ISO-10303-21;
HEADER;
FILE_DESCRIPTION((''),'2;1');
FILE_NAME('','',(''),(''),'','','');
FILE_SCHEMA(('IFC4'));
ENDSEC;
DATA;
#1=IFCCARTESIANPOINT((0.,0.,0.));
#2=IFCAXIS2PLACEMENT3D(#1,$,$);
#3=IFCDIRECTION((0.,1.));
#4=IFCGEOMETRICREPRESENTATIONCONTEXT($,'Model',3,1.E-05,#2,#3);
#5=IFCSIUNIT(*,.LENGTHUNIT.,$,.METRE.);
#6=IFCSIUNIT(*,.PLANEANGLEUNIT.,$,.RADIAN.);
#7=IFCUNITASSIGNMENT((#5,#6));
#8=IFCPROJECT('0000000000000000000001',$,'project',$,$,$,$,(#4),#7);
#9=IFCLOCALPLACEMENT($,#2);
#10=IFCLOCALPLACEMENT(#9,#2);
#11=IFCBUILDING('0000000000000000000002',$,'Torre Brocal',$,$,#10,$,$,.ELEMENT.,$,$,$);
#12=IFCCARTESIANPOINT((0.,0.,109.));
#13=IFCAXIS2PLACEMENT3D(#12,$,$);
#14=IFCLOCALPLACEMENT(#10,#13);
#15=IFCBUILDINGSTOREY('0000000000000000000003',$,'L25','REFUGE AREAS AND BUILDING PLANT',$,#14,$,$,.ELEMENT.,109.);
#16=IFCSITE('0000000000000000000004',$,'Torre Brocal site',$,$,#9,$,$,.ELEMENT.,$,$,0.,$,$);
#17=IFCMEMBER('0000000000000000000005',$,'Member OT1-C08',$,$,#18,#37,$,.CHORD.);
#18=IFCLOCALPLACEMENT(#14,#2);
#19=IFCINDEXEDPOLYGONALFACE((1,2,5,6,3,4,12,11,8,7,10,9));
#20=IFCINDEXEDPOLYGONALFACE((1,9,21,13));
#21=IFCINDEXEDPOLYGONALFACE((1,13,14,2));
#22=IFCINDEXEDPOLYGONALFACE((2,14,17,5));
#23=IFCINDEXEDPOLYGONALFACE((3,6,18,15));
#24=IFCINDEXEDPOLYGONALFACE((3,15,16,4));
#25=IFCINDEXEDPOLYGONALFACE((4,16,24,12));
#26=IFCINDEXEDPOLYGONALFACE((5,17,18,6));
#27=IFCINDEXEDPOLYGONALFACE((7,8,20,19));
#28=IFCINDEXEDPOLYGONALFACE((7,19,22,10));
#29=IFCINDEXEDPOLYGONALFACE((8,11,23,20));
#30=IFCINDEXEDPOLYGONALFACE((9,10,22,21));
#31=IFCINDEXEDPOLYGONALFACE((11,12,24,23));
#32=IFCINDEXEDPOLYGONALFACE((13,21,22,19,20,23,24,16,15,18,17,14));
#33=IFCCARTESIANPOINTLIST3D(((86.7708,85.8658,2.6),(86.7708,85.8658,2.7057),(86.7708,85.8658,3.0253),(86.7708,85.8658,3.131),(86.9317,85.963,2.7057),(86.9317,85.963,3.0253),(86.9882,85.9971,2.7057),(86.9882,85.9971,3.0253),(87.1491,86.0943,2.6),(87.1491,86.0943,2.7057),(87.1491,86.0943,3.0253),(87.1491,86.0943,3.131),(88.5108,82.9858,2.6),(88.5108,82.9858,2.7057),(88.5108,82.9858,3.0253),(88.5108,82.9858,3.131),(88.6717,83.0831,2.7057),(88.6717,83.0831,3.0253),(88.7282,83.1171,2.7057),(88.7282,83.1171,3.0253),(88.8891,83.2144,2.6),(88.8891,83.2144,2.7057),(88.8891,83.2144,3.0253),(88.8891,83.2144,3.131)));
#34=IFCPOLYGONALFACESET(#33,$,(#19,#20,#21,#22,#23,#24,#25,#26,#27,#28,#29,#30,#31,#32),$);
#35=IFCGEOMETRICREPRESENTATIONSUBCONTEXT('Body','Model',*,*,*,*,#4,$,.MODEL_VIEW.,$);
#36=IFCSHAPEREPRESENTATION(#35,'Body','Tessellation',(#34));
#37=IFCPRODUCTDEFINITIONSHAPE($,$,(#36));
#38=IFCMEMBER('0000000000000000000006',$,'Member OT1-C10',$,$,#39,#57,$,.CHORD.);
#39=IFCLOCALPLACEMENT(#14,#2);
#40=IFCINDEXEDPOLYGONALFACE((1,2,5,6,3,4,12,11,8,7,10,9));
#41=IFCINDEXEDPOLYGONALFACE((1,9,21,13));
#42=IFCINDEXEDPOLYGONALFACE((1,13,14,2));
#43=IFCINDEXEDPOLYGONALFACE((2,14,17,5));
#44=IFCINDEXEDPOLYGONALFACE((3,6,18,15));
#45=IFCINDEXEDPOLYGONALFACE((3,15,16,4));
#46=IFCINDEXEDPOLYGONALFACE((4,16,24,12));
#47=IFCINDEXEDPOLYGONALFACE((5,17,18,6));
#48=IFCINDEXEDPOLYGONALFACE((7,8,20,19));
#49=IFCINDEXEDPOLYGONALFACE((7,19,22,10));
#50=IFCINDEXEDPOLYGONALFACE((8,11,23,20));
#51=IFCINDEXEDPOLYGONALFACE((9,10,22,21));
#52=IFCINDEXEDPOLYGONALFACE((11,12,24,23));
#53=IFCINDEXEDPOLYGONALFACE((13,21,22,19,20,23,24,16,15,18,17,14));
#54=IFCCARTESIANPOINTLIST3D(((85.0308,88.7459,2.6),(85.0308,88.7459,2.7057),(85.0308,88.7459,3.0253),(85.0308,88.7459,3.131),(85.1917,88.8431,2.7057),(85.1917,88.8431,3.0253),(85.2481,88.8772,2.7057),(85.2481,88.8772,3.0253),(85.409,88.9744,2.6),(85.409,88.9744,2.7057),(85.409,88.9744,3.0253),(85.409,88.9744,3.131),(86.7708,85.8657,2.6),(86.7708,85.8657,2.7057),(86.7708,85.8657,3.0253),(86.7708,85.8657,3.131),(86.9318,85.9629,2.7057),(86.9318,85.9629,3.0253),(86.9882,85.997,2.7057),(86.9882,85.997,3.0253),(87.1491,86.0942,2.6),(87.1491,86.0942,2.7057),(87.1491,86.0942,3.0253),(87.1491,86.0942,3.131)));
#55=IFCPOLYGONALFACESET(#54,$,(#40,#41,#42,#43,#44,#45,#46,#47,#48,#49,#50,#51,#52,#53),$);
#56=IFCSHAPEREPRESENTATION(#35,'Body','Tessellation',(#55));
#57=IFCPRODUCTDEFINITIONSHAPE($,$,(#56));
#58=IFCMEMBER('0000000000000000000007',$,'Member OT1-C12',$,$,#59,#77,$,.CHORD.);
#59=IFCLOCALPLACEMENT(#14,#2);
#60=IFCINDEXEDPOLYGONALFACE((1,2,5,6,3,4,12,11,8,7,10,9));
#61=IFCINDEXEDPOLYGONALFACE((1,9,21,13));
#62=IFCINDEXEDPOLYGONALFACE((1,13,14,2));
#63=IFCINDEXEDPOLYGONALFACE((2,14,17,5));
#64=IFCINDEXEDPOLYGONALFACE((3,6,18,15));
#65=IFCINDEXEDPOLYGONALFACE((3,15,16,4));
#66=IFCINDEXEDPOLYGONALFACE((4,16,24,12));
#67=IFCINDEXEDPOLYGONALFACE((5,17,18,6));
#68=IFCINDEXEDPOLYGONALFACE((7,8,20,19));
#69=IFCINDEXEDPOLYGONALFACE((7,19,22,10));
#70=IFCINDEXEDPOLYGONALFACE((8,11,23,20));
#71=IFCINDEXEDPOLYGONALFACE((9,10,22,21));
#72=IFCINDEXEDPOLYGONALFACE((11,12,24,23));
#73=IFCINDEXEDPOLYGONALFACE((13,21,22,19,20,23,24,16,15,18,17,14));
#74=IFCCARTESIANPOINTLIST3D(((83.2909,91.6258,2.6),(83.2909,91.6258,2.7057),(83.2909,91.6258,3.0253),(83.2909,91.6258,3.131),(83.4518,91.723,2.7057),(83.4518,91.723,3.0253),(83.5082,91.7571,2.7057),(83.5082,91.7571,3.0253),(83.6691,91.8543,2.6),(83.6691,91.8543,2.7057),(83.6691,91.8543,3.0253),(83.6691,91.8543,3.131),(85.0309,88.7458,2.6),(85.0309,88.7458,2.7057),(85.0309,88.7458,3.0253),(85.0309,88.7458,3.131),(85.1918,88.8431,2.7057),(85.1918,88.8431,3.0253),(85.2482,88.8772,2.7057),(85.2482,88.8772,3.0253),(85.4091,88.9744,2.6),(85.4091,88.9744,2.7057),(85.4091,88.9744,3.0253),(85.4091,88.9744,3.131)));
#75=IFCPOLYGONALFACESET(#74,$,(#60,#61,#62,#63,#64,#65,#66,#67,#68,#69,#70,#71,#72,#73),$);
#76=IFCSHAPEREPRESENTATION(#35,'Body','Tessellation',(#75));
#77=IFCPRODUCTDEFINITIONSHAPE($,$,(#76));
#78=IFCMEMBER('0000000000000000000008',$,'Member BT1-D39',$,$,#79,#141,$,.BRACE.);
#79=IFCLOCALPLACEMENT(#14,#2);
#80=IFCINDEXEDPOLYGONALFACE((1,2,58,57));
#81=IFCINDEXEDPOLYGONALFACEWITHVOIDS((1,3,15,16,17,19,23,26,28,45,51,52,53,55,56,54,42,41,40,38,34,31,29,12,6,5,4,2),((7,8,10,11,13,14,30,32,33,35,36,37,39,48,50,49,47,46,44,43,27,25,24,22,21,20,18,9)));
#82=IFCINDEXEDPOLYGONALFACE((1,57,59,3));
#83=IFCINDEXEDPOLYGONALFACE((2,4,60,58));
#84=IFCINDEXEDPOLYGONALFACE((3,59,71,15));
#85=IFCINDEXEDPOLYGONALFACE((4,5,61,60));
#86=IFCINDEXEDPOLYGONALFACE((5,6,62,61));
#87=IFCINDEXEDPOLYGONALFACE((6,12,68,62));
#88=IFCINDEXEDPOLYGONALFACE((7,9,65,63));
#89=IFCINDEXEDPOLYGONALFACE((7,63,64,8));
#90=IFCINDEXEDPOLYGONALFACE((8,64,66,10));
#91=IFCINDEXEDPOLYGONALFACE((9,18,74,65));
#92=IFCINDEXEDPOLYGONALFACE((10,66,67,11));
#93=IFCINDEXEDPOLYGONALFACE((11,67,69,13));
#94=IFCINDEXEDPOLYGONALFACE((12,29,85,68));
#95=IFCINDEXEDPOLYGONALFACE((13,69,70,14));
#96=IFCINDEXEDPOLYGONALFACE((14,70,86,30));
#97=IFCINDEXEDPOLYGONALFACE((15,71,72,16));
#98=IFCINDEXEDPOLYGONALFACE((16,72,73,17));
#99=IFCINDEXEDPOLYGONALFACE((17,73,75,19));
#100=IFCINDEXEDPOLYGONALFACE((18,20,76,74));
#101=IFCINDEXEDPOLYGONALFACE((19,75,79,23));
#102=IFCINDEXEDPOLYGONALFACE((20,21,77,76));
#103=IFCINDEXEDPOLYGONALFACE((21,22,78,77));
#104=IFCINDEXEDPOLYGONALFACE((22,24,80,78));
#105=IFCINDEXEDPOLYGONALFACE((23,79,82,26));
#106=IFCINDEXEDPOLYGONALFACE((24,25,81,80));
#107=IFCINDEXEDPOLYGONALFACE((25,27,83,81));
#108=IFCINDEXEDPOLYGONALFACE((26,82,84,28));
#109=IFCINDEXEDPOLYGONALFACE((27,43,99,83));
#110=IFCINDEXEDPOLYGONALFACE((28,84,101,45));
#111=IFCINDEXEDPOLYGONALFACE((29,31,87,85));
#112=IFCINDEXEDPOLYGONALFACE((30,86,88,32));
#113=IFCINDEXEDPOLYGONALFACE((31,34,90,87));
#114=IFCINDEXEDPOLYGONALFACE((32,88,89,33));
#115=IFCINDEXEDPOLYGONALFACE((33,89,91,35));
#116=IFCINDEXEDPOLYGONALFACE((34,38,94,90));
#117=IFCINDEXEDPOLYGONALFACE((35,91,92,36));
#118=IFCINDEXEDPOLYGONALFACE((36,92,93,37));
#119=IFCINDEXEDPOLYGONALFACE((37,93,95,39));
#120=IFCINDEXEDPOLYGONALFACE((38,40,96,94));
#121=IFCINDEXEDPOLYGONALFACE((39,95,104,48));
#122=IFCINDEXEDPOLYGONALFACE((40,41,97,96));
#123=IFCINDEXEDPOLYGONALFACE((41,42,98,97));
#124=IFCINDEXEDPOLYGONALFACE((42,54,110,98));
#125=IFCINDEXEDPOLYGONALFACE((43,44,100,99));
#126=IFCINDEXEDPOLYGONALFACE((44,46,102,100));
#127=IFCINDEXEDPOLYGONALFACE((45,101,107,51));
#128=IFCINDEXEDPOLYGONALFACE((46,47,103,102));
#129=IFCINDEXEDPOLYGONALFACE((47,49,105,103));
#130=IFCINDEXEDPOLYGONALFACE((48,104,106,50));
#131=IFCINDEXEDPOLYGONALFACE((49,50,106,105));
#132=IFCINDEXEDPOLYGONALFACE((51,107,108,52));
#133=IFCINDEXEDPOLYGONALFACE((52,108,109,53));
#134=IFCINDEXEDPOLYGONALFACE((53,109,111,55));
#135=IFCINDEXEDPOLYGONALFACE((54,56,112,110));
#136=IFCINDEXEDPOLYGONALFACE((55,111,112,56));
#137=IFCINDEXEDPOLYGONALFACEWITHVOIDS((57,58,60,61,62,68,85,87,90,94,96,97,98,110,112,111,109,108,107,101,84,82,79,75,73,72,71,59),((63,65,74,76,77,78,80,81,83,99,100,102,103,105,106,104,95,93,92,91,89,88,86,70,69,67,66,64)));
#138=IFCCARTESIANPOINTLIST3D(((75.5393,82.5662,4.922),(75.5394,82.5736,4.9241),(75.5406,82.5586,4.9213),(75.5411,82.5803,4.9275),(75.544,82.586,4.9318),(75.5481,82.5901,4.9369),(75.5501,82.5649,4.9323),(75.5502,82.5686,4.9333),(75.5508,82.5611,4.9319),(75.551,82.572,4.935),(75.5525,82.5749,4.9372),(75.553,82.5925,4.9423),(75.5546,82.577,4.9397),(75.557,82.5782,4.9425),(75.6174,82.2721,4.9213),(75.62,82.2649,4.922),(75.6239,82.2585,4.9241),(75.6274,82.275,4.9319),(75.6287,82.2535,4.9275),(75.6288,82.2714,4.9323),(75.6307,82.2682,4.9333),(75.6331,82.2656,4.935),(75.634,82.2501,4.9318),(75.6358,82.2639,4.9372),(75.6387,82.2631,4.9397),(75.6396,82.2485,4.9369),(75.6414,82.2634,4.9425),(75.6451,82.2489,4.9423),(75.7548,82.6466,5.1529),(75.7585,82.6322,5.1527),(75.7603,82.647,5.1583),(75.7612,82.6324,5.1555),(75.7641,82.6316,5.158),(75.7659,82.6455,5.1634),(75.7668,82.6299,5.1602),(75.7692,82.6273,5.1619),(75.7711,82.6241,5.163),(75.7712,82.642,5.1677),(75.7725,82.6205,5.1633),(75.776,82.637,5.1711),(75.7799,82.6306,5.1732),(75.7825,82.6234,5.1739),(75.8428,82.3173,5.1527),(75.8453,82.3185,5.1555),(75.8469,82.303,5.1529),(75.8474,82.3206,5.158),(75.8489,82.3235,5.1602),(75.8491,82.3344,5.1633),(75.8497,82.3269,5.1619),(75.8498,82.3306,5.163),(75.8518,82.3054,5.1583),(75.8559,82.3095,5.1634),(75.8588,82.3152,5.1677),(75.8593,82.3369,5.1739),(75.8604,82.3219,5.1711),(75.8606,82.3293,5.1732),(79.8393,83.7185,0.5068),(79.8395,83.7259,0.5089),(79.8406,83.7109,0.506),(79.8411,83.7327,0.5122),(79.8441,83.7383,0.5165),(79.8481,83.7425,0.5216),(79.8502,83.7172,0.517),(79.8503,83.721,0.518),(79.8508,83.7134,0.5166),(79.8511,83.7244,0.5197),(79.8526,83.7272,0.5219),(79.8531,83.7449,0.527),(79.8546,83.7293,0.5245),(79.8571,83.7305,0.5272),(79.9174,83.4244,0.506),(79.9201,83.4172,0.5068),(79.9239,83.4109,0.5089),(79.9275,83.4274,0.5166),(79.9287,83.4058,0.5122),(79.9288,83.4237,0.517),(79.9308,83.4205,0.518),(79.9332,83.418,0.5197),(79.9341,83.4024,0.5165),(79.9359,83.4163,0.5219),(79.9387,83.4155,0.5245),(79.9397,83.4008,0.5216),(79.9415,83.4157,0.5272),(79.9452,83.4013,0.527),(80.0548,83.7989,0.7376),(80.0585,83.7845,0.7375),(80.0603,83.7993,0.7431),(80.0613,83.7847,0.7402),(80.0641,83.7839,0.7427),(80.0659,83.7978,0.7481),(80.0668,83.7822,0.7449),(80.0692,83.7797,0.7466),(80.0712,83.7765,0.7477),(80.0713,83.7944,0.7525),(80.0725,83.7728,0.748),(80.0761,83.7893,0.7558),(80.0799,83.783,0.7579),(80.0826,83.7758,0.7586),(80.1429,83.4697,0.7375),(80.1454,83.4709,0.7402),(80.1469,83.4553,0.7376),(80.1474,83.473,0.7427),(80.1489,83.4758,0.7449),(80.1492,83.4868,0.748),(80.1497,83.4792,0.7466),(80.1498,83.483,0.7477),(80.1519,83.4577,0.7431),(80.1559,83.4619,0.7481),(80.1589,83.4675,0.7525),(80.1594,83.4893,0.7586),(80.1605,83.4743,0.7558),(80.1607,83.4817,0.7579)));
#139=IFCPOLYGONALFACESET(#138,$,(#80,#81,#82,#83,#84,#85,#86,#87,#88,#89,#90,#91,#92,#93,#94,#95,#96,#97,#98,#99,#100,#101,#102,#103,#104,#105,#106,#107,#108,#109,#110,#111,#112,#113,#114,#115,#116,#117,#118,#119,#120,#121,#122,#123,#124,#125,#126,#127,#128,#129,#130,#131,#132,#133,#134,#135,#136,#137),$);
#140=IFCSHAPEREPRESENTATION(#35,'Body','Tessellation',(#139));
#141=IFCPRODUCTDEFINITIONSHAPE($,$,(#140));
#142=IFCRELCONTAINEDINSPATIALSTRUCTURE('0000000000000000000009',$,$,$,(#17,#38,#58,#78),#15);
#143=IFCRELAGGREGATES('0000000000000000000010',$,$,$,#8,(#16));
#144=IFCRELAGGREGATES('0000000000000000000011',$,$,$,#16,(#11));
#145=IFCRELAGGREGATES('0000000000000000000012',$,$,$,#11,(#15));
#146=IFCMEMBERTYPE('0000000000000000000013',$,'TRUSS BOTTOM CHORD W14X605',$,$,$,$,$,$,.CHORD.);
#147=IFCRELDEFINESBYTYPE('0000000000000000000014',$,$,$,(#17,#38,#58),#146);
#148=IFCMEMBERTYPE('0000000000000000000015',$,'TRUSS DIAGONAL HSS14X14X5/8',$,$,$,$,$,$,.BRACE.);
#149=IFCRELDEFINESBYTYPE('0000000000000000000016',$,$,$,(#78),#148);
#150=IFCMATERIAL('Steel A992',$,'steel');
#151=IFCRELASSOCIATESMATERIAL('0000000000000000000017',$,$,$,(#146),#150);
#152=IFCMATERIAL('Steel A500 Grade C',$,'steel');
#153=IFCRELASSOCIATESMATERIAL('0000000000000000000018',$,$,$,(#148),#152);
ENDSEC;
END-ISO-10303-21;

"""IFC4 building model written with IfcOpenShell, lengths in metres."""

from ifc_helpers import new_model, si_unit, direction, frame, origin, origin_2d, place, context, subcontext, project, spatial, hollow_rectangle, i_section, extrude, material, material_profile, profile_set, type_object, element, save


model = new_model("IFC4")

# Units and contexts
model_context = context("Model", 3, precision=1e-05, world=origin(), true_north=direction((0.0, 1.0)))
body_context = subcontext(model_context, "Body", "Model", "MODEL_VIEW")
ifc_project = project(units=[si_unit("LENGTHUNIT", "METRE"), si_unit("PLANEANGLEUNIT", "RADIAN")], contexts=[model_context])

# Site, building, storey
site_placement = place(None, origin())
site = spatial("IfcSite", under=ifc_project, at=site_placement, Name="Torre Brocal site", CompositionType="ELEMENT", RefElevation=0.0)
building_placement = place(site_placement, origin())
building = spatial("IfcBuilding", under=site, at=building_placement, Name="Torre Brocal", CompositionType="ELEMENT")
storey_placement = place(building_placement, frame((0.0, 0.0, 109.0)))
storey = spatial("IfcBuildingStorey", under=building, at=storey_placement, Name="L25", Description="REFUGE AREAS AND BUILDING PLANT", CompositionType="ELEMENT", Elevation=109.0)

# Members
ifc_material_1 = material(Name="Steel A992", Category="steel")
ifc_material_profile_1 = material_profile(ifc_material_1, i_section(OverallWidth=0.4419, OverallDepth=0.531, WebThickness=0.0659, FlangeThickness=0.1057, at=origin_2d()), Name="W14X605")
ifc_profile_set_1 = profile_set([ifc_material_profile_1], Name="Steel A992")
member_type_1 = type_object("IfcMemberType", Name="TRUSS BOTTOM CHORD W14X605", PredefinedType="CHORD", material=ifc_profile_set_1)
member_1_placement = place(storey_placement, frame((88.7, 83.1001, 2.8655), z_axis=(-0.517129, 0.855908, 0.0), x_axis=(-0.855908, -0.517129, 0.0)))
element("IfcMember", 1, at=member_1_placement, inside=storey, type_object=member_type_1, Name="Member OT1-C08", PredefinedType="CHORD", context=body_context, shape_type="SweptSolid", body=[
    extrude(i_section(OverallWidth=0.4419, OverallDepth=0.531, WebThickness=0.0659, FlangeThickness=0.1057, at=origin_2d()), origin(), (0.0, 0.0, 1.0), 3.3647),
])
member_2_placement = place(storey_placement, frame((86.96, 85.98, 2.8655), z_axis=(-0.517097, 0.855927, 0.0), x_axis=(-0.855927, -0.517097, 0.0)))
element("IfcMember", 2, at=member_2_placement, inside=storey, type_object=member_type_1, Name="Member OT1-C10", PredefinedType="CHORD", context=body_context, shape_type="SweptSolid", body=[
    extrude(i_section(OverallWidth=0.4419, OverallDepth=0.531, WebThickness=0.0659, FlangeThickness=0.1057, at=origin_2d()), origin(), (0.0, 0.0, 1.0), 3.365),
])
member_3_placement = place(storey_placement, frame((85.22, 88.8601, 2.8655), z_axis=(-0.517129, 0.855908, 0.0), x_axis=(-0.855908, -0.517129, 0.0)))
element("IfcMember", 3, at=member_3_placement, inside=storey, type_object=member_type_1, Name="Member OT1-C12", PredefinedType="CHORD", context=body_context, shape_type="SweptSolid", body=[
    extrude(i_section(OverallWidth=0.4419, OverallDepth=0.531, WebThickness=0.0659, FlangeThickness=0.1057, at=origin_2d()), origin(), (0.0, 0.0, 1.0), 3.3647),
])
ifc_material_2 = material(Name="Steel A500 Grade C", Category="steel")
ifc_material_profile_2 = material_profile(ifc_material_2, hollow_rectangle(XDim=0.3557, YDim=0.3557, WallThickness=0.0149, InnerFilletRadius=0.0149, OuterFilletRadius=0.0295, at=origin_2d()), Name="HSS14X14X5/8")
ifc_profile_set_2 = profile_set([ifc_material_profile_2], Name="Steel A500 Grade C")
member_type_2 = type_object("IfcMemberType", Name="TRUSS DIAGONAL HSS14X14X5/8", PredefinedType="BRACE", material=ifc_profile_set_2)
member_4_placement = place(storey_placement, frame((80.0, 83.6001, 0.6323), z_axis=(-0.685812, -0.183787, 0.704191), x_axis=(0.25885, -0.965917, 0.0)))
element("IfcMember", 4, at=member_4_placement, inside=storey, type_object=member_type_2, Name="Member BT1-D39", PredefinedType="BRACE", context=body_context, shape_type="SweptSolid", body=[
    extrude(hollow_rectangle(XDim=0.3557, YDim=0.3557, WallThickness=0.0149, InnerFilletRadius=0.0149, OuterFilletRadius=0.0295, at=origin_2d()), origin(), (0.0, 0.0, 1.0), 6.27),
])

save(model, "model.ifc")
